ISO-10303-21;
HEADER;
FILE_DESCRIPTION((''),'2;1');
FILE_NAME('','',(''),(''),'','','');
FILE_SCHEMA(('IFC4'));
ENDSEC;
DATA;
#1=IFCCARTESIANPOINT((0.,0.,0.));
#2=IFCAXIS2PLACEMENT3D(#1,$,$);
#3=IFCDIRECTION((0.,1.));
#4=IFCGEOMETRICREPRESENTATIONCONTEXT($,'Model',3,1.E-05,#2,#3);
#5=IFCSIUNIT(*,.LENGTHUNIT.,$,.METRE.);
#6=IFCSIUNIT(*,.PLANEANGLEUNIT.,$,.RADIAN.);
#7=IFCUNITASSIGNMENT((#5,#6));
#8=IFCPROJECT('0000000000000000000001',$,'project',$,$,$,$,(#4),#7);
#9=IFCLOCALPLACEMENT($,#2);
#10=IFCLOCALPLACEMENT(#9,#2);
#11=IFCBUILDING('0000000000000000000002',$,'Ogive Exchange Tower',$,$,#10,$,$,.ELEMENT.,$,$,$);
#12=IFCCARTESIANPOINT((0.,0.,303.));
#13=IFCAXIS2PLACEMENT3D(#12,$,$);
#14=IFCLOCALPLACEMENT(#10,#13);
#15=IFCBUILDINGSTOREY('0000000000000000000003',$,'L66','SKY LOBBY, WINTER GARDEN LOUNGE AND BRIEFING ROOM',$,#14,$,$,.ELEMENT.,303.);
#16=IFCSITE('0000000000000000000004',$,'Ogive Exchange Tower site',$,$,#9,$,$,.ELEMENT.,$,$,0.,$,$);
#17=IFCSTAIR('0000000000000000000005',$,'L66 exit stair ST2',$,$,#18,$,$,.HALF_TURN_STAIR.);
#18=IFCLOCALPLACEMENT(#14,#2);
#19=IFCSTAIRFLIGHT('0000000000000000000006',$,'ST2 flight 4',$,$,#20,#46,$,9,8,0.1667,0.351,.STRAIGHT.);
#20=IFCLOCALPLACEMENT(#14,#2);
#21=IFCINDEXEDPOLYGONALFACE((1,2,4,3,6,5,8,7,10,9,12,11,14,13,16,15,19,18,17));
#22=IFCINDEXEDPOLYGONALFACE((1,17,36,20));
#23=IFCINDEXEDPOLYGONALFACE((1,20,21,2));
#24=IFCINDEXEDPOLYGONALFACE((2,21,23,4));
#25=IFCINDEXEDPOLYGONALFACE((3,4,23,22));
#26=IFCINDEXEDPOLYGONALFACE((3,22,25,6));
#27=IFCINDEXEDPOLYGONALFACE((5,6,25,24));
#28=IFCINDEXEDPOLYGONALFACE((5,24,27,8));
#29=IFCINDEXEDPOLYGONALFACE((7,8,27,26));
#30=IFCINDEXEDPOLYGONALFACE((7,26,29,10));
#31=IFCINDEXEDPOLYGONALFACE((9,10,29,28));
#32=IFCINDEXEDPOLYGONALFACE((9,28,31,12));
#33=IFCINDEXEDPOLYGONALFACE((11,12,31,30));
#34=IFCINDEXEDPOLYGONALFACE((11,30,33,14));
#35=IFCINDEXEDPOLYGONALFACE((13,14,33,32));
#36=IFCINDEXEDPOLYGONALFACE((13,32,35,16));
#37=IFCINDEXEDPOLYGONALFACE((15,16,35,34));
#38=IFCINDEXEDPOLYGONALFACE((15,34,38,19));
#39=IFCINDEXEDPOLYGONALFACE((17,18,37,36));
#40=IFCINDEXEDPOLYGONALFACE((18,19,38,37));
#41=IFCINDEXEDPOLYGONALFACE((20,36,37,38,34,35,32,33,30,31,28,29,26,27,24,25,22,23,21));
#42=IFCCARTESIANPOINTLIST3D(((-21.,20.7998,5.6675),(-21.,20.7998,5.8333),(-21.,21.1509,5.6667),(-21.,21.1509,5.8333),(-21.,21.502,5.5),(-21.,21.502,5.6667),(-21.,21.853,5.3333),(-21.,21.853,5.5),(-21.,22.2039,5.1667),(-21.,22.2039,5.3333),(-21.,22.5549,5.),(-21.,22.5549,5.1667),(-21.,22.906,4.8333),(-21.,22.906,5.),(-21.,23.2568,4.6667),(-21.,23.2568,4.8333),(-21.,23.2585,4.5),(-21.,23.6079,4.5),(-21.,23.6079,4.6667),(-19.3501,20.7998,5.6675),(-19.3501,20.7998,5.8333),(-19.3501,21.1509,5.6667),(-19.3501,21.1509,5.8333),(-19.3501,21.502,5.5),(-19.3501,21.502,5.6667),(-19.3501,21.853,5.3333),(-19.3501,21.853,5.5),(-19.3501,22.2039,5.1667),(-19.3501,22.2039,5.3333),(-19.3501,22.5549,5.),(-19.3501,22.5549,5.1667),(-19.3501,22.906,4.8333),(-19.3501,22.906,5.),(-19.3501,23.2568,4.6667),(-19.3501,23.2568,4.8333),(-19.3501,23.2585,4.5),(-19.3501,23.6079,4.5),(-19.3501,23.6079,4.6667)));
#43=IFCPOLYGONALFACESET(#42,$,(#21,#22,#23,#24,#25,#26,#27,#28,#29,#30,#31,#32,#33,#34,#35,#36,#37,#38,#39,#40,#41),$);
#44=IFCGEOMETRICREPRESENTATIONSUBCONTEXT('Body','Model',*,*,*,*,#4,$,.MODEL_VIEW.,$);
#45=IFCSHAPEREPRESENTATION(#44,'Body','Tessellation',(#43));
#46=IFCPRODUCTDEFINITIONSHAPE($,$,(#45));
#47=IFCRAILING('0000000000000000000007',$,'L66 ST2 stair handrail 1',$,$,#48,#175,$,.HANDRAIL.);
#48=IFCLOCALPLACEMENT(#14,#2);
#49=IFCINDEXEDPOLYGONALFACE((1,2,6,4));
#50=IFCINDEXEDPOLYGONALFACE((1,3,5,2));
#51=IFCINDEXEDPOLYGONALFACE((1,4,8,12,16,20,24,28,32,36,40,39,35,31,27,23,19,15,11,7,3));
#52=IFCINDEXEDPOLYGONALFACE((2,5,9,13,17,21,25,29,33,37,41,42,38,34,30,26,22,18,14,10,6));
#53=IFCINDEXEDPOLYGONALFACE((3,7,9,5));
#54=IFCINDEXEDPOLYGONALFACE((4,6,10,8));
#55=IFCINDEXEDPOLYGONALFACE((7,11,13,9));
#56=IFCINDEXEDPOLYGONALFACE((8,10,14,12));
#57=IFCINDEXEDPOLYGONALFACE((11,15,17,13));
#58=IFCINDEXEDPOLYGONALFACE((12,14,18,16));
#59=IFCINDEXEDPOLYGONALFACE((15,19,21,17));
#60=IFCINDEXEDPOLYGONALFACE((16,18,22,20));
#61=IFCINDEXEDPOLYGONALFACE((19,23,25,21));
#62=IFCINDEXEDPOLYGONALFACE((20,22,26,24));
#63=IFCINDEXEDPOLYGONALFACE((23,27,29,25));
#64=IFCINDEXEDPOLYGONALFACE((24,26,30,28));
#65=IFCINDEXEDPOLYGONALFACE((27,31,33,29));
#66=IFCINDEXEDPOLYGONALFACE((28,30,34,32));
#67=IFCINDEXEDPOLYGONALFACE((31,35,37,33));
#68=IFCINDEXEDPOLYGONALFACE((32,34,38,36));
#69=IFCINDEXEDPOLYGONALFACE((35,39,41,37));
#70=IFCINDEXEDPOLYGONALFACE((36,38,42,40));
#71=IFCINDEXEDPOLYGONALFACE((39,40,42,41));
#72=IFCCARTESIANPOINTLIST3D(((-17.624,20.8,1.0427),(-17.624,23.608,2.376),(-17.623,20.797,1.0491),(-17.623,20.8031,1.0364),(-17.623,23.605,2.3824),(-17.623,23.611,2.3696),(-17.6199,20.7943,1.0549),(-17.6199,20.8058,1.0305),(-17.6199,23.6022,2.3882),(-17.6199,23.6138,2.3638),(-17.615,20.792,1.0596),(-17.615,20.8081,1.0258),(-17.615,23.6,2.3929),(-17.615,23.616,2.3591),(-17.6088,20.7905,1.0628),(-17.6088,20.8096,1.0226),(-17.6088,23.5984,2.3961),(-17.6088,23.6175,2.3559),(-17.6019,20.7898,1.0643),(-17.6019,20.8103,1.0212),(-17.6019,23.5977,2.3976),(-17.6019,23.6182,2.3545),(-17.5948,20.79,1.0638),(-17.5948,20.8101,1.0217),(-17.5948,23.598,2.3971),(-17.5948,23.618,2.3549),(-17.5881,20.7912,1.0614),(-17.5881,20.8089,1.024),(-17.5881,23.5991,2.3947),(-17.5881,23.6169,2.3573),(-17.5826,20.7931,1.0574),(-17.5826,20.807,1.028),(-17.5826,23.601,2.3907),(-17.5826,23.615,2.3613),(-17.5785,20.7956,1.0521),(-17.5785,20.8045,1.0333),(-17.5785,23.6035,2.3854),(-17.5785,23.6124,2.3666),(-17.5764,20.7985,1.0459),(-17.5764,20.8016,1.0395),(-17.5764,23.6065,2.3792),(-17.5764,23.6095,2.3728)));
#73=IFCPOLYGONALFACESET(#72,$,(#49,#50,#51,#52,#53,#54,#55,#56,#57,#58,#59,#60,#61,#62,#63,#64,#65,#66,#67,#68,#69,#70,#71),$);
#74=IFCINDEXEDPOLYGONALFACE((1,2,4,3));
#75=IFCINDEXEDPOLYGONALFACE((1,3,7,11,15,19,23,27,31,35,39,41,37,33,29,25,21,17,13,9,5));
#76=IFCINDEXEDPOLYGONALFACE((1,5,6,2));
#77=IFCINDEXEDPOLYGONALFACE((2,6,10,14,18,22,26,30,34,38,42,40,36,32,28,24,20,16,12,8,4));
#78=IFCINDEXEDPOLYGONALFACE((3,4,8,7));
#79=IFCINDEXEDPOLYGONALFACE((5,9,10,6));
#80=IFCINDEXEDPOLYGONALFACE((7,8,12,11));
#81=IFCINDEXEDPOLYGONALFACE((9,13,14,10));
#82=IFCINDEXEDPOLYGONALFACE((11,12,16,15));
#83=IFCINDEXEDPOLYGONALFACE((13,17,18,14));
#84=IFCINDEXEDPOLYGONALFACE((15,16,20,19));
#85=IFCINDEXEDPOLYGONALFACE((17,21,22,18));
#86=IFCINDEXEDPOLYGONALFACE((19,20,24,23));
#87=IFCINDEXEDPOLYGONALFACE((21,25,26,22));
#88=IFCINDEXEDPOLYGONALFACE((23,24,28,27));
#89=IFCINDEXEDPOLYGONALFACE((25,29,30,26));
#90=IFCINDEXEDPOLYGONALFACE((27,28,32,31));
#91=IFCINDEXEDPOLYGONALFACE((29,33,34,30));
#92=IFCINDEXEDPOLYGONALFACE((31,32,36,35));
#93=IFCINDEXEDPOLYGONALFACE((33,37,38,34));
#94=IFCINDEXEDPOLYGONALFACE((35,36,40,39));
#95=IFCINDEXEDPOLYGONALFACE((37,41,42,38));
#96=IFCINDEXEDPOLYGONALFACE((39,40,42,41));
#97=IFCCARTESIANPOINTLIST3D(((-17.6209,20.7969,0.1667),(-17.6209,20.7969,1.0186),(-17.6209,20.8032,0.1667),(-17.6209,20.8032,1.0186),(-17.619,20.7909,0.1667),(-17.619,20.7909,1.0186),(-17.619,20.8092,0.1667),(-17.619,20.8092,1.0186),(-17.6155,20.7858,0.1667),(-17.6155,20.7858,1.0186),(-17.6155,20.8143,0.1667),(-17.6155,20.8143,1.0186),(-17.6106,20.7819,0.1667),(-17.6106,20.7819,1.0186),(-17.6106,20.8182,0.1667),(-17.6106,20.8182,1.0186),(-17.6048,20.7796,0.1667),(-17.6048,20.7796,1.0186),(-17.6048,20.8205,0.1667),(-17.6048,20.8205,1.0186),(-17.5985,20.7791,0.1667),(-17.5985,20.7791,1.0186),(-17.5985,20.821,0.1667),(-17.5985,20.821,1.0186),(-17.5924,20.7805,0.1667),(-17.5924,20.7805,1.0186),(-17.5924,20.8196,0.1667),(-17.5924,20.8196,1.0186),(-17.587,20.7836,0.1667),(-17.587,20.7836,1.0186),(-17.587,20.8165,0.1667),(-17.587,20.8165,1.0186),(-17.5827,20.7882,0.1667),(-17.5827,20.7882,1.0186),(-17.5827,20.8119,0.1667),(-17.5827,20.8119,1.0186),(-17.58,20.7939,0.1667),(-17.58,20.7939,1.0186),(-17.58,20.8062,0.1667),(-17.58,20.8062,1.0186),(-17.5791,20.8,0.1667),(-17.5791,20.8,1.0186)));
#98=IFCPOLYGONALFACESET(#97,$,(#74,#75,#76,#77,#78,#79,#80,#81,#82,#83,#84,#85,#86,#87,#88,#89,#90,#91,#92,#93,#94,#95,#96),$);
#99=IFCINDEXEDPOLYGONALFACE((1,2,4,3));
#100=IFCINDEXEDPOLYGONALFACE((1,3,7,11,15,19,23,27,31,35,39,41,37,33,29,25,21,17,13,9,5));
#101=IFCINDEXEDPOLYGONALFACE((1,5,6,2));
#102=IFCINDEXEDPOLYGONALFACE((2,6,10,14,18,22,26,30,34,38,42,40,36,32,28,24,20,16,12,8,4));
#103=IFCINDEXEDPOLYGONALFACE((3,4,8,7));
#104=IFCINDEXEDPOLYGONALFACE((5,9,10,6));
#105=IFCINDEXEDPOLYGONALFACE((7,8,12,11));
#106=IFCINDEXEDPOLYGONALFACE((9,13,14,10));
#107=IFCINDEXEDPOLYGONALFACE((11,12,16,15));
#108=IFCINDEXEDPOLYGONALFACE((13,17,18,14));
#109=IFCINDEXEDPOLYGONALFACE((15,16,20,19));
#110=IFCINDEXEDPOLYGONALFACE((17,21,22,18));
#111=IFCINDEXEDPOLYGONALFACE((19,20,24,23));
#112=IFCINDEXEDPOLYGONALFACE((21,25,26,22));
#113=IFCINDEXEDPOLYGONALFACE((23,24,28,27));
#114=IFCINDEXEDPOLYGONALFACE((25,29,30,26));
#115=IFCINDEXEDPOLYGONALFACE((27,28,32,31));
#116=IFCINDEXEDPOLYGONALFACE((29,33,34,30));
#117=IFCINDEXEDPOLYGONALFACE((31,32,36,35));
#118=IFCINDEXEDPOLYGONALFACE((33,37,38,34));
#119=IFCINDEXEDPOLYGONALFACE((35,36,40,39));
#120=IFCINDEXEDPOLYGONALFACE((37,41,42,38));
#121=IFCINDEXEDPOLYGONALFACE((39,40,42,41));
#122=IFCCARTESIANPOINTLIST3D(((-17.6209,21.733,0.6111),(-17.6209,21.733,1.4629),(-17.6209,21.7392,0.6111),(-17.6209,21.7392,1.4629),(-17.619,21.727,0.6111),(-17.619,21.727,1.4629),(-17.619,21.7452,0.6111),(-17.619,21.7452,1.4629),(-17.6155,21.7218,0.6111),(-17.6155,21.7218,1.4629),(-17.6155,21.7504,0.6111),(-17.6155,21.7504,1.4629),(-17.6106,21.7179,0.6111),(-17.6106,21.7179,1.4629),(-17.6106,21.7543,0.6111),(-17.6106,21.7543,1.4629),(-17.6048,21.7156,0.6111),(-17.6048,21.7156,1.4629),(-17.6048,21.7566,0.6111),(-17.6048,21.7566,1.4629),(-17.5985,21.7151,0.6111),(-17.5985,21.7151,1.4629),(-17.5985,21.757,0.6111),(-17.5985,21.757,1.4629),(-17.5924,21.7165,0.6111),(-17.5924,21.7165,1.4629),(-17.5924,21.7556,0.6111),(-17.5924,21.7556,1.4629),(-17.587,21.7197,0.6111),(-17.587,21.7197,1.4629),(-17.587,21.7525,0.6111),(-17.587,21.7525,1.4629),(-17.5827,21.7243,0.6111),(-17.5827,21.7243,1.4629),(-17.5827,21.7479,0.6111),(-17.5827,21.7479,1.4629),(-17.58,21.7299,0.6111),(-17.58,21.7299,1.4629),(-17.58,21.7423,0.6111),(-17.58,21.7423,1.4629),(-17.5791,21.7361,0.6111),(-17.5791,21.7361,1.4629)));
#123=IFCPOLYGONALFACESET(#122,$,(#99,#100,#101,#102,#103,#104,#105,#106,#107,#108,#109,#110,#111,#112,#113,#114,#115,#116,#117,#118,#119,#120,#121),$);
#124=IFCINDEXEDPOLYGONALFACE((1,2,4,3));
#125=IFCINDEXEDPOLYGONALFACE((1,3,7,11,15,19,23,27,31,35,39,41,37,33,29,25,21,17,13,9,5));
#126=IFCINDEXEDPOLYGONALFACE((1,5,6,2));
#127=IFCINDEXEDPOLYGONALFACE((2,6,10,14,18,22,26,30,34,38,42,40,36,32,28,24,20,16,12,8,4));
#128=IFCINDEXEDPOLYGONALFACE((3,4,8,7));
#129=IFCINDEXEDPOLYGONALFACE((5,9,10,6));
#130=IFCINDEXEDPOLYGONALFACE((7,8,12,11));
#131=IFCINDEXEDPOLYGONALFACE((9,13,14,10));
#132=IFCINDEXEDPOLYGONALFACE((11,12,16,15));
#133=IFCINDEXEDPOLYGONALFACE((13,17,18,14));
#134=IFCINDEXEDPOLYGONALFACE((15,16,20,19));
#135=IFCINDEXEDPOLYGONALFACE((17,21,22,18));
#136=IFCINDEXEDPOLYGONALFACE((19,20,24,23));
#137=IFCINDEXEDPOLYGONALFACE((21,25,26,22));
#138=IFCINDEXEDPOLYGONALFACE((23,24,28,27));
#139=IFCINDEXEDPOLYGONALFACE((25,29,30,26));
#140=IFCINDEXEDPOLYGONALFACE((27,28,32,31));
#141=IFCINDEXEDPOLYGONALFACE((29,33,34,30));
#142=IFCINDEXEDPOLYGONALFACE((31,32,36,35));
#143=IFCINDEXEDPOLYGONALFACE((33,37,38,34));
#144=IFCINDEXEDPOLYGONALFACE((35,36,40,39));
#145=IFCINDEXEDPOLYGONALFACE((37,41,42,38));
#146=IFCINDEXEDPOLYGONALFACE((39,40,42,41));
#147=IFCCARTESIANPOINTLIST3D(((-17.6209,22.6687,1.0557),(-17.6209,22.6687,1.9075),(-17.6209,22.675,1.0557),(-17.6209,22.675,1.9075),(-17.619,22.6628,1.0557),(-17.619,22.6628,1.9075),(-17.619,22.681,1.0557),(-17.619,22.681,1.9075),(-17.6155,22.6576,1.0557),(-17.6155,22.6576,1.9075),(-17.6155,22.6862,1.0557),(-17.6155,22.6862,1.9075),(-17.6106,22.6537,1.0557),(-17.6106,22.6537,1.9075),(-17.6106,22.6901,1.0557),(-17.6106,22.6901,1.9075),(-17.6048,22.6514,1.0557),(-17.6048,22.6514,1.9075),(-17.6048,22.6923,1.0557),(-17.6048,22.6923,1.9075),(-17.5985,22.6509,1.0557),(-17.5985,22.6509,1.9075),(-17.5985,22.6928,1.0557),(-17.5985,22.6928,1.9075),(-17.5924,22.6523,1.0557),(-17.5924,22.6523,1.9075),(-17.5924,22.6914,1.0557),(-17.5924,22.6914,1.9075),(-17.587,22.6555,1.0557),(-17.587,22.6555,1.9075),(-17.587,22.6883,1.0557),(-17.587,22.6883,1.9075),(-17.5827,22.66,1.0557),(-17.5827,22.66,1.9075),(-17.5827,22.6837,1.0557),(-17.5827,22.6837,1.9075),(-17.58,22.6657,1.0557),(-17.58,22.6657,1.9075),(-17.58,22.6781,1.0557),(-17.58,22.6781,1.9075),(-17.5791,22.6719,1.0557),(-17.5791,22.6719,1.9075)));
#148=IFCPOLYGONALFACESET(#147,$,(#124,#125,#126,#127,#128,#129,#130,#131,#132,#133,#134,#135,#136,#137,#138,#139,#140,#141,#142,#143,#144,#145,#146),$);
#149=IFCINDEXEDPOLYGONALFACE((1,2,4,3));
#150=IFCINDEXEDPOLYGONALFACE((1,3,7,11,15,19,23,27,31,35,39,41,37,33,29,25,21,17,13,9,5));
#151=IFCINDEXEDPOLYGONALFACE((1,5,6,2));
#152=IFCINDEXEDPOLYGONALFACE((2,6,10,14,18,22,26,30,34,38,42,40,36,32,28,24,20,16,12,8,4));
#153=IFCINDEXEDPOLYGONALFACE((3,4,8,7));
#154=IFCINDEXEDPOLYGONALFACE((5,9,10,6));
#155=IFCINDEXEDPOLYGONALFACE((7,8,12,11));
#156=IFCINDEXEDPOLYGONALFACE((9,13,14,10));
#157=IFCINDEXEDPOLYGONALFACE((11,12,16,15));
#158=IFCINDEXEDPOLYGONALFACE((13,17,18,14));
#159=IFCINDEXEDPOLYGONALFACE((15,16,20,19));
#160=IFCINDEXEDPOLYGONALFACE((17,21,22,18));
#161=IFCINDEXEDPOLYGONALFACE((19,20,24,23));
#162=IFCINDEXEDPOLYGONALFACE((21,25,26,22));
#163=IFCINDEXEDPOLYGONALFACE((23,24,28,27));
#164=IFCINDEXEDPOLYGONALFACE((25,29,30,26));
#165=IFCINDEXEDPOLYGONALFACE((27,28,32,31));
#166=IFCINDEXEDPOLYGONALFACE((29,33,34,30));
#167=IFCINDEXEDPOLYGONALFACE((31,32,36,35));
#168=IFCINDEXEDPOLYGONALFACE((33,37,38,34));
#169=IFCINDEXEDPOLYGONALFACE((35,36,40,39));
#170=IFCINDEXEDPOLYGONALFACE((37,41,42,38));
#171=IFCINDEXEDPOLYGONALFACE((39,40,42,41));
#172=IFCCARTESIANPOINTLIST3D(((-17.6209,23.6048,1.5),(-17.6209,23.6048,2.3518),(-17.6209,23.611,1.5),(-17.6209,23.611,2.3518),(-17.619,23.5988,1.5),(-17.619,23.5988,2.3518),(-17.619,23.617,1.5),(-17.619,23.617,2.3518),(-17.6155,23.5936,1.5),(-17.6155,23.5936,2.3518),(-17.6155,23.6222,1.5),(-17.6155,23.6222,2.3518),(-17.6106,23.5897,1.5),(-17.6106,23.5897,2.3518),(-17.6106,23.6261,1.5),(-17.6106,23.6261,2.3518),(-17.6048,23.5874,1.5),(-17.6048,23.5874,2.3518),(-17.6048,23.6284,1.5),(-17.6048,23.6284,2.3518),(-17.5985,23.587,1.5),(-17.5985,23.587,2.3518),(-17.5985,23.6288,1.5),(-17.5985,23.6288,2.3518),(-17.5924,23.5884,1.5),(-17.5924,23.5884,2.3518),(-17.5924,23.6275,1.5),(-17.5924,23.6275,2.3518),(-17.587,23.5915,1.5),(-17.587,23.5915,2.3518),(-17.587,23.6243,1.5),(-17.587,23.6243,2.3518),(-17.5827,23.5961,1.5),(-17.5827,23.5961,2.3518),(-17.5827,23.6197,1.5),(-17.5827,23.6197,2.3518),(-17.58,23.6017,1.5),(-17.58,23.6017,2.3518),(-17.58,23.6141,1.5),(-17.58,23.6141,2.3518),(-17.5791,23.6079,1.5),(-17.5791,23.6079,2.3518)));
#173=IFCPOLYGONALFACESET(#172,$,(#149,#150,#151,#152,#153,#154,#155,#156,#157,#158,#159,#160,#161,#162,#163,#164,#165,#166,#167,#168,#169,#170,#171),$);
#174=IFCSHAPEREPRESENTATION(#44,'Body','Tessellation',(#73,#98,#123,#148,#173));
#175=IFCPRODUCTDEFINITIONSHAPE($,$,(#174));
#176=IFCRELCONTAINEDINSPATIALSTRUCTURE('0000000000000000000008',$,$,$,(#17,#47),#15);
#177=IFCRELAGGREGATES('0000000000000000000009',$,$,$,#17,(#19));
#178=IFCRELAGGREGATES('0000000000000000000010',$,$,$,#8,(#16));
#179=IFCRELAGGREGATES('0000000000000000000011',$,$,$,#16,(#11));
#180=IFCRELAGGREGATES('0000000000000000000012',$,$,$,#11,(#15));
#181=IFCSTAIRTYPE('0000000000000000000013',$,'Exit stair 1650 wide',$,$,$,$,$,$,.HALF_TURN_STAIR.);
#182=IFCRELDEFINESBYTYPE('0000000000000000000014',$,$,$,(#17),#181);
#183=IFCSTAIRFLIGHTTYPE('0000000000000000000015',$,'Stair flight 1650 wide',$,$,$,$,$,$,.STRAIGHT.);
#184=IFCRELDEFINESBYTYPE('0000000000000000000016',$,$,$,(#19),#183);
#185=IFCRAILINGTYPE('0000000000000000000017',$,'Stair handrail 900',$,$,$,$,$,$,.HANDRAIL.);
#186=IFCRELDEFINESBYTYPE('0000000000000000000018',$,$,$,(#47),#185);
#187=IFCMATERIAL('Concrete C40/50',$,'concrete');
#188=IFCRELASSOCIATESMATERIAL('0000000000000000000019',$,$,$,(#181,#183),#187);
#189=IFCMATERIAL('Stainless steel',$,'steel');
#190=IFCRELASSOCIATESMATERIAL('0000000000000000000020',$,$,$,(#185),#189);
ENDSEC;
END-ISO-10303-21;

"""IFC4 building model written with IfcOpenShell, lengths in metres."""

from ifc_helpers import new_model, si_unit, direction, frame, origin, origin_2d, place, context, subcontext, project, spatial, polyline, circle, outline, extrude, material, type_object, element, aggregate, save


model = new_model("IFC4")

# Units and contexts
model_context = context("Model", 3, precision=1e-05, world=origin(), true_north=direction((0.0, 1.0)))
body_context = subcontext(model_context, "Body", "Model", "MODEL_VIEW")
ifc_project = project(units=[si_unit("LENGTHUNIT", "METRE"), si_unit("PLANEANGLEUNIT", "RADIAN")], contexts=[model_context])

# Site, building, storey
site_placement = place(None, origin())
site = spatial("IfcSite", under=ifc_project, at=site_placement, Name="Ogive Exchange Tower site", CompositionType="ELEMENT", RefElevation=0.0)
building_placement = place(site_placement, origin())
building = spatial("IfcBuilding", under=site, at=building_placement, Name="Ogive Exchange Tower", CompositionType="ELEMENT")
storey_placement = place(building_placement, frame((0.0, 0.0, 303.0)))
storey = spatial("IfcBuildingStorey", under=building, at=storey_placement, Name="L66", Description="SKY LOBBY, WINTER GARDEN LOUNGE AND BRIEFING ROOM", CompositionType="ELEMENT", Elevation=303.0)

# Stair, stair flight
ifc_material_1 = material(Name="Concrete C40/50", Category="concrete")
stair_type = type_object("IfcStairType", Name="Exit stair 1650 wide", PredefinedType="HALF_TURN_STAIR", material=ifc_material_1)
stair_placement = place(storey_placement, origin())
stair = element("IfcStair", 1, at=stair_placement, inside=storey, type_object=stair_type, Name="L66 exit stair ST2", PredefinedType="HALF_TURN_STAIR")
stair_flight_type = type_object("IfcStairFlightType", Name="Stair flight 1650 wide", PredefinedType="STRAIGHT", material=ifc_material_1)
stair_flight_1_placement = place(storey_placement, frame((-20.175, 23.6079, 4.5), z_axis=(0.0, 0.0, 1.0), x_axis=(0.0, -1.0, 0.0)))
stair_flight_1 = element("IfcStairFlight", 2, at=stair_flight_1_placement, type_object=stair_flight_type, Name="ST2 flight 4", NumberOfRisers=9, NumberOfTreads=8, PredefinedType="STRAIGHT", RiserHeight=0.1667, TreadLength=0.351, context=body_context, shape_type="SweptSolid", body=[
    extrude(outline(polyline([(0.0, 0.0), (0.0, 0.1667), (0.3511, 0.1667), (0.3511, 0.3333), (0.7019, 0.3333), (0.7019, 0.5), (1.053, 0.5), (1.053, 0.6667), (1.4041, 0.6667), (1.4041, 0.8333), (1.7549, 0.8333), (1.7549, 1.0), (2.106, 1.0), (2.106, 1.1667), (2.457, 1.1667), (2.457, 1.3333), (2.8081, 1.3333), (2.8081, 1.5), (2.8081, 1.1675), (0.3494, 0.0), (0.0, 0.0)])), frame((0.0, 0.825, 0.0), z_axis=(0.0, -1.0, 0.0), x_axis=(1.0, 0.0, 0.0)), (0.0, 0.0, 1.0), 1.6499),
])
aggregate(stair, [stair_flight_1])

# Railing
ifc_material_2 = material(Name="Stainless steel", Category="steel")
railing_type = type_object("IfcRailingType", Name="Stair handrail 900", PredefinedType="HANDRAIL", material=ifc_material_2)
railing_1_placement = place(storey_placement, frame((-17.6001, 20.8, 0.1667)))
element("IfcRailing", 3, at=railing_1_placement, inside=storey, type_object=railing_type, Name="L66 ST2 stair handrail 1", PredefinedType="HANDRAIL", context=body_context, shape_type="SweptSolid", body=[
    extrude(circle(Radius=0.0239, at=origin_2d()), frame((0.0, 0.0, 0.876), z_axis=(0.0, 0.903338, 0.42893), x_axis=(-1.0, 0.0, 0.0)), (0.0, 0.0, 1.0), 3.1084),
    extrude(circle(Radius=0.021, at=origin_2d()), origin(), (0.0, 0.0, 1.0), 0.8518),
    extrude(circle(Radius=0.021, at=origin_2d()), frame((0.0, 0.936, 0.4443)), (0.0, 0.0, 1.0), 0.8518),
    extrude(circle(Radius=0.021, at=origin_2d()), frame((0.0, 1.8718, 0.8889)), (0.0, 0.0, 1.0), 0.8518),
    extrude(circle(Radius=0.021, at=origin_2d()), frame((0.0, 2.8079, 1.3333)), (0.0, 0.0, 1.0), 0.8518),
])

save(model, "model.ifc")
